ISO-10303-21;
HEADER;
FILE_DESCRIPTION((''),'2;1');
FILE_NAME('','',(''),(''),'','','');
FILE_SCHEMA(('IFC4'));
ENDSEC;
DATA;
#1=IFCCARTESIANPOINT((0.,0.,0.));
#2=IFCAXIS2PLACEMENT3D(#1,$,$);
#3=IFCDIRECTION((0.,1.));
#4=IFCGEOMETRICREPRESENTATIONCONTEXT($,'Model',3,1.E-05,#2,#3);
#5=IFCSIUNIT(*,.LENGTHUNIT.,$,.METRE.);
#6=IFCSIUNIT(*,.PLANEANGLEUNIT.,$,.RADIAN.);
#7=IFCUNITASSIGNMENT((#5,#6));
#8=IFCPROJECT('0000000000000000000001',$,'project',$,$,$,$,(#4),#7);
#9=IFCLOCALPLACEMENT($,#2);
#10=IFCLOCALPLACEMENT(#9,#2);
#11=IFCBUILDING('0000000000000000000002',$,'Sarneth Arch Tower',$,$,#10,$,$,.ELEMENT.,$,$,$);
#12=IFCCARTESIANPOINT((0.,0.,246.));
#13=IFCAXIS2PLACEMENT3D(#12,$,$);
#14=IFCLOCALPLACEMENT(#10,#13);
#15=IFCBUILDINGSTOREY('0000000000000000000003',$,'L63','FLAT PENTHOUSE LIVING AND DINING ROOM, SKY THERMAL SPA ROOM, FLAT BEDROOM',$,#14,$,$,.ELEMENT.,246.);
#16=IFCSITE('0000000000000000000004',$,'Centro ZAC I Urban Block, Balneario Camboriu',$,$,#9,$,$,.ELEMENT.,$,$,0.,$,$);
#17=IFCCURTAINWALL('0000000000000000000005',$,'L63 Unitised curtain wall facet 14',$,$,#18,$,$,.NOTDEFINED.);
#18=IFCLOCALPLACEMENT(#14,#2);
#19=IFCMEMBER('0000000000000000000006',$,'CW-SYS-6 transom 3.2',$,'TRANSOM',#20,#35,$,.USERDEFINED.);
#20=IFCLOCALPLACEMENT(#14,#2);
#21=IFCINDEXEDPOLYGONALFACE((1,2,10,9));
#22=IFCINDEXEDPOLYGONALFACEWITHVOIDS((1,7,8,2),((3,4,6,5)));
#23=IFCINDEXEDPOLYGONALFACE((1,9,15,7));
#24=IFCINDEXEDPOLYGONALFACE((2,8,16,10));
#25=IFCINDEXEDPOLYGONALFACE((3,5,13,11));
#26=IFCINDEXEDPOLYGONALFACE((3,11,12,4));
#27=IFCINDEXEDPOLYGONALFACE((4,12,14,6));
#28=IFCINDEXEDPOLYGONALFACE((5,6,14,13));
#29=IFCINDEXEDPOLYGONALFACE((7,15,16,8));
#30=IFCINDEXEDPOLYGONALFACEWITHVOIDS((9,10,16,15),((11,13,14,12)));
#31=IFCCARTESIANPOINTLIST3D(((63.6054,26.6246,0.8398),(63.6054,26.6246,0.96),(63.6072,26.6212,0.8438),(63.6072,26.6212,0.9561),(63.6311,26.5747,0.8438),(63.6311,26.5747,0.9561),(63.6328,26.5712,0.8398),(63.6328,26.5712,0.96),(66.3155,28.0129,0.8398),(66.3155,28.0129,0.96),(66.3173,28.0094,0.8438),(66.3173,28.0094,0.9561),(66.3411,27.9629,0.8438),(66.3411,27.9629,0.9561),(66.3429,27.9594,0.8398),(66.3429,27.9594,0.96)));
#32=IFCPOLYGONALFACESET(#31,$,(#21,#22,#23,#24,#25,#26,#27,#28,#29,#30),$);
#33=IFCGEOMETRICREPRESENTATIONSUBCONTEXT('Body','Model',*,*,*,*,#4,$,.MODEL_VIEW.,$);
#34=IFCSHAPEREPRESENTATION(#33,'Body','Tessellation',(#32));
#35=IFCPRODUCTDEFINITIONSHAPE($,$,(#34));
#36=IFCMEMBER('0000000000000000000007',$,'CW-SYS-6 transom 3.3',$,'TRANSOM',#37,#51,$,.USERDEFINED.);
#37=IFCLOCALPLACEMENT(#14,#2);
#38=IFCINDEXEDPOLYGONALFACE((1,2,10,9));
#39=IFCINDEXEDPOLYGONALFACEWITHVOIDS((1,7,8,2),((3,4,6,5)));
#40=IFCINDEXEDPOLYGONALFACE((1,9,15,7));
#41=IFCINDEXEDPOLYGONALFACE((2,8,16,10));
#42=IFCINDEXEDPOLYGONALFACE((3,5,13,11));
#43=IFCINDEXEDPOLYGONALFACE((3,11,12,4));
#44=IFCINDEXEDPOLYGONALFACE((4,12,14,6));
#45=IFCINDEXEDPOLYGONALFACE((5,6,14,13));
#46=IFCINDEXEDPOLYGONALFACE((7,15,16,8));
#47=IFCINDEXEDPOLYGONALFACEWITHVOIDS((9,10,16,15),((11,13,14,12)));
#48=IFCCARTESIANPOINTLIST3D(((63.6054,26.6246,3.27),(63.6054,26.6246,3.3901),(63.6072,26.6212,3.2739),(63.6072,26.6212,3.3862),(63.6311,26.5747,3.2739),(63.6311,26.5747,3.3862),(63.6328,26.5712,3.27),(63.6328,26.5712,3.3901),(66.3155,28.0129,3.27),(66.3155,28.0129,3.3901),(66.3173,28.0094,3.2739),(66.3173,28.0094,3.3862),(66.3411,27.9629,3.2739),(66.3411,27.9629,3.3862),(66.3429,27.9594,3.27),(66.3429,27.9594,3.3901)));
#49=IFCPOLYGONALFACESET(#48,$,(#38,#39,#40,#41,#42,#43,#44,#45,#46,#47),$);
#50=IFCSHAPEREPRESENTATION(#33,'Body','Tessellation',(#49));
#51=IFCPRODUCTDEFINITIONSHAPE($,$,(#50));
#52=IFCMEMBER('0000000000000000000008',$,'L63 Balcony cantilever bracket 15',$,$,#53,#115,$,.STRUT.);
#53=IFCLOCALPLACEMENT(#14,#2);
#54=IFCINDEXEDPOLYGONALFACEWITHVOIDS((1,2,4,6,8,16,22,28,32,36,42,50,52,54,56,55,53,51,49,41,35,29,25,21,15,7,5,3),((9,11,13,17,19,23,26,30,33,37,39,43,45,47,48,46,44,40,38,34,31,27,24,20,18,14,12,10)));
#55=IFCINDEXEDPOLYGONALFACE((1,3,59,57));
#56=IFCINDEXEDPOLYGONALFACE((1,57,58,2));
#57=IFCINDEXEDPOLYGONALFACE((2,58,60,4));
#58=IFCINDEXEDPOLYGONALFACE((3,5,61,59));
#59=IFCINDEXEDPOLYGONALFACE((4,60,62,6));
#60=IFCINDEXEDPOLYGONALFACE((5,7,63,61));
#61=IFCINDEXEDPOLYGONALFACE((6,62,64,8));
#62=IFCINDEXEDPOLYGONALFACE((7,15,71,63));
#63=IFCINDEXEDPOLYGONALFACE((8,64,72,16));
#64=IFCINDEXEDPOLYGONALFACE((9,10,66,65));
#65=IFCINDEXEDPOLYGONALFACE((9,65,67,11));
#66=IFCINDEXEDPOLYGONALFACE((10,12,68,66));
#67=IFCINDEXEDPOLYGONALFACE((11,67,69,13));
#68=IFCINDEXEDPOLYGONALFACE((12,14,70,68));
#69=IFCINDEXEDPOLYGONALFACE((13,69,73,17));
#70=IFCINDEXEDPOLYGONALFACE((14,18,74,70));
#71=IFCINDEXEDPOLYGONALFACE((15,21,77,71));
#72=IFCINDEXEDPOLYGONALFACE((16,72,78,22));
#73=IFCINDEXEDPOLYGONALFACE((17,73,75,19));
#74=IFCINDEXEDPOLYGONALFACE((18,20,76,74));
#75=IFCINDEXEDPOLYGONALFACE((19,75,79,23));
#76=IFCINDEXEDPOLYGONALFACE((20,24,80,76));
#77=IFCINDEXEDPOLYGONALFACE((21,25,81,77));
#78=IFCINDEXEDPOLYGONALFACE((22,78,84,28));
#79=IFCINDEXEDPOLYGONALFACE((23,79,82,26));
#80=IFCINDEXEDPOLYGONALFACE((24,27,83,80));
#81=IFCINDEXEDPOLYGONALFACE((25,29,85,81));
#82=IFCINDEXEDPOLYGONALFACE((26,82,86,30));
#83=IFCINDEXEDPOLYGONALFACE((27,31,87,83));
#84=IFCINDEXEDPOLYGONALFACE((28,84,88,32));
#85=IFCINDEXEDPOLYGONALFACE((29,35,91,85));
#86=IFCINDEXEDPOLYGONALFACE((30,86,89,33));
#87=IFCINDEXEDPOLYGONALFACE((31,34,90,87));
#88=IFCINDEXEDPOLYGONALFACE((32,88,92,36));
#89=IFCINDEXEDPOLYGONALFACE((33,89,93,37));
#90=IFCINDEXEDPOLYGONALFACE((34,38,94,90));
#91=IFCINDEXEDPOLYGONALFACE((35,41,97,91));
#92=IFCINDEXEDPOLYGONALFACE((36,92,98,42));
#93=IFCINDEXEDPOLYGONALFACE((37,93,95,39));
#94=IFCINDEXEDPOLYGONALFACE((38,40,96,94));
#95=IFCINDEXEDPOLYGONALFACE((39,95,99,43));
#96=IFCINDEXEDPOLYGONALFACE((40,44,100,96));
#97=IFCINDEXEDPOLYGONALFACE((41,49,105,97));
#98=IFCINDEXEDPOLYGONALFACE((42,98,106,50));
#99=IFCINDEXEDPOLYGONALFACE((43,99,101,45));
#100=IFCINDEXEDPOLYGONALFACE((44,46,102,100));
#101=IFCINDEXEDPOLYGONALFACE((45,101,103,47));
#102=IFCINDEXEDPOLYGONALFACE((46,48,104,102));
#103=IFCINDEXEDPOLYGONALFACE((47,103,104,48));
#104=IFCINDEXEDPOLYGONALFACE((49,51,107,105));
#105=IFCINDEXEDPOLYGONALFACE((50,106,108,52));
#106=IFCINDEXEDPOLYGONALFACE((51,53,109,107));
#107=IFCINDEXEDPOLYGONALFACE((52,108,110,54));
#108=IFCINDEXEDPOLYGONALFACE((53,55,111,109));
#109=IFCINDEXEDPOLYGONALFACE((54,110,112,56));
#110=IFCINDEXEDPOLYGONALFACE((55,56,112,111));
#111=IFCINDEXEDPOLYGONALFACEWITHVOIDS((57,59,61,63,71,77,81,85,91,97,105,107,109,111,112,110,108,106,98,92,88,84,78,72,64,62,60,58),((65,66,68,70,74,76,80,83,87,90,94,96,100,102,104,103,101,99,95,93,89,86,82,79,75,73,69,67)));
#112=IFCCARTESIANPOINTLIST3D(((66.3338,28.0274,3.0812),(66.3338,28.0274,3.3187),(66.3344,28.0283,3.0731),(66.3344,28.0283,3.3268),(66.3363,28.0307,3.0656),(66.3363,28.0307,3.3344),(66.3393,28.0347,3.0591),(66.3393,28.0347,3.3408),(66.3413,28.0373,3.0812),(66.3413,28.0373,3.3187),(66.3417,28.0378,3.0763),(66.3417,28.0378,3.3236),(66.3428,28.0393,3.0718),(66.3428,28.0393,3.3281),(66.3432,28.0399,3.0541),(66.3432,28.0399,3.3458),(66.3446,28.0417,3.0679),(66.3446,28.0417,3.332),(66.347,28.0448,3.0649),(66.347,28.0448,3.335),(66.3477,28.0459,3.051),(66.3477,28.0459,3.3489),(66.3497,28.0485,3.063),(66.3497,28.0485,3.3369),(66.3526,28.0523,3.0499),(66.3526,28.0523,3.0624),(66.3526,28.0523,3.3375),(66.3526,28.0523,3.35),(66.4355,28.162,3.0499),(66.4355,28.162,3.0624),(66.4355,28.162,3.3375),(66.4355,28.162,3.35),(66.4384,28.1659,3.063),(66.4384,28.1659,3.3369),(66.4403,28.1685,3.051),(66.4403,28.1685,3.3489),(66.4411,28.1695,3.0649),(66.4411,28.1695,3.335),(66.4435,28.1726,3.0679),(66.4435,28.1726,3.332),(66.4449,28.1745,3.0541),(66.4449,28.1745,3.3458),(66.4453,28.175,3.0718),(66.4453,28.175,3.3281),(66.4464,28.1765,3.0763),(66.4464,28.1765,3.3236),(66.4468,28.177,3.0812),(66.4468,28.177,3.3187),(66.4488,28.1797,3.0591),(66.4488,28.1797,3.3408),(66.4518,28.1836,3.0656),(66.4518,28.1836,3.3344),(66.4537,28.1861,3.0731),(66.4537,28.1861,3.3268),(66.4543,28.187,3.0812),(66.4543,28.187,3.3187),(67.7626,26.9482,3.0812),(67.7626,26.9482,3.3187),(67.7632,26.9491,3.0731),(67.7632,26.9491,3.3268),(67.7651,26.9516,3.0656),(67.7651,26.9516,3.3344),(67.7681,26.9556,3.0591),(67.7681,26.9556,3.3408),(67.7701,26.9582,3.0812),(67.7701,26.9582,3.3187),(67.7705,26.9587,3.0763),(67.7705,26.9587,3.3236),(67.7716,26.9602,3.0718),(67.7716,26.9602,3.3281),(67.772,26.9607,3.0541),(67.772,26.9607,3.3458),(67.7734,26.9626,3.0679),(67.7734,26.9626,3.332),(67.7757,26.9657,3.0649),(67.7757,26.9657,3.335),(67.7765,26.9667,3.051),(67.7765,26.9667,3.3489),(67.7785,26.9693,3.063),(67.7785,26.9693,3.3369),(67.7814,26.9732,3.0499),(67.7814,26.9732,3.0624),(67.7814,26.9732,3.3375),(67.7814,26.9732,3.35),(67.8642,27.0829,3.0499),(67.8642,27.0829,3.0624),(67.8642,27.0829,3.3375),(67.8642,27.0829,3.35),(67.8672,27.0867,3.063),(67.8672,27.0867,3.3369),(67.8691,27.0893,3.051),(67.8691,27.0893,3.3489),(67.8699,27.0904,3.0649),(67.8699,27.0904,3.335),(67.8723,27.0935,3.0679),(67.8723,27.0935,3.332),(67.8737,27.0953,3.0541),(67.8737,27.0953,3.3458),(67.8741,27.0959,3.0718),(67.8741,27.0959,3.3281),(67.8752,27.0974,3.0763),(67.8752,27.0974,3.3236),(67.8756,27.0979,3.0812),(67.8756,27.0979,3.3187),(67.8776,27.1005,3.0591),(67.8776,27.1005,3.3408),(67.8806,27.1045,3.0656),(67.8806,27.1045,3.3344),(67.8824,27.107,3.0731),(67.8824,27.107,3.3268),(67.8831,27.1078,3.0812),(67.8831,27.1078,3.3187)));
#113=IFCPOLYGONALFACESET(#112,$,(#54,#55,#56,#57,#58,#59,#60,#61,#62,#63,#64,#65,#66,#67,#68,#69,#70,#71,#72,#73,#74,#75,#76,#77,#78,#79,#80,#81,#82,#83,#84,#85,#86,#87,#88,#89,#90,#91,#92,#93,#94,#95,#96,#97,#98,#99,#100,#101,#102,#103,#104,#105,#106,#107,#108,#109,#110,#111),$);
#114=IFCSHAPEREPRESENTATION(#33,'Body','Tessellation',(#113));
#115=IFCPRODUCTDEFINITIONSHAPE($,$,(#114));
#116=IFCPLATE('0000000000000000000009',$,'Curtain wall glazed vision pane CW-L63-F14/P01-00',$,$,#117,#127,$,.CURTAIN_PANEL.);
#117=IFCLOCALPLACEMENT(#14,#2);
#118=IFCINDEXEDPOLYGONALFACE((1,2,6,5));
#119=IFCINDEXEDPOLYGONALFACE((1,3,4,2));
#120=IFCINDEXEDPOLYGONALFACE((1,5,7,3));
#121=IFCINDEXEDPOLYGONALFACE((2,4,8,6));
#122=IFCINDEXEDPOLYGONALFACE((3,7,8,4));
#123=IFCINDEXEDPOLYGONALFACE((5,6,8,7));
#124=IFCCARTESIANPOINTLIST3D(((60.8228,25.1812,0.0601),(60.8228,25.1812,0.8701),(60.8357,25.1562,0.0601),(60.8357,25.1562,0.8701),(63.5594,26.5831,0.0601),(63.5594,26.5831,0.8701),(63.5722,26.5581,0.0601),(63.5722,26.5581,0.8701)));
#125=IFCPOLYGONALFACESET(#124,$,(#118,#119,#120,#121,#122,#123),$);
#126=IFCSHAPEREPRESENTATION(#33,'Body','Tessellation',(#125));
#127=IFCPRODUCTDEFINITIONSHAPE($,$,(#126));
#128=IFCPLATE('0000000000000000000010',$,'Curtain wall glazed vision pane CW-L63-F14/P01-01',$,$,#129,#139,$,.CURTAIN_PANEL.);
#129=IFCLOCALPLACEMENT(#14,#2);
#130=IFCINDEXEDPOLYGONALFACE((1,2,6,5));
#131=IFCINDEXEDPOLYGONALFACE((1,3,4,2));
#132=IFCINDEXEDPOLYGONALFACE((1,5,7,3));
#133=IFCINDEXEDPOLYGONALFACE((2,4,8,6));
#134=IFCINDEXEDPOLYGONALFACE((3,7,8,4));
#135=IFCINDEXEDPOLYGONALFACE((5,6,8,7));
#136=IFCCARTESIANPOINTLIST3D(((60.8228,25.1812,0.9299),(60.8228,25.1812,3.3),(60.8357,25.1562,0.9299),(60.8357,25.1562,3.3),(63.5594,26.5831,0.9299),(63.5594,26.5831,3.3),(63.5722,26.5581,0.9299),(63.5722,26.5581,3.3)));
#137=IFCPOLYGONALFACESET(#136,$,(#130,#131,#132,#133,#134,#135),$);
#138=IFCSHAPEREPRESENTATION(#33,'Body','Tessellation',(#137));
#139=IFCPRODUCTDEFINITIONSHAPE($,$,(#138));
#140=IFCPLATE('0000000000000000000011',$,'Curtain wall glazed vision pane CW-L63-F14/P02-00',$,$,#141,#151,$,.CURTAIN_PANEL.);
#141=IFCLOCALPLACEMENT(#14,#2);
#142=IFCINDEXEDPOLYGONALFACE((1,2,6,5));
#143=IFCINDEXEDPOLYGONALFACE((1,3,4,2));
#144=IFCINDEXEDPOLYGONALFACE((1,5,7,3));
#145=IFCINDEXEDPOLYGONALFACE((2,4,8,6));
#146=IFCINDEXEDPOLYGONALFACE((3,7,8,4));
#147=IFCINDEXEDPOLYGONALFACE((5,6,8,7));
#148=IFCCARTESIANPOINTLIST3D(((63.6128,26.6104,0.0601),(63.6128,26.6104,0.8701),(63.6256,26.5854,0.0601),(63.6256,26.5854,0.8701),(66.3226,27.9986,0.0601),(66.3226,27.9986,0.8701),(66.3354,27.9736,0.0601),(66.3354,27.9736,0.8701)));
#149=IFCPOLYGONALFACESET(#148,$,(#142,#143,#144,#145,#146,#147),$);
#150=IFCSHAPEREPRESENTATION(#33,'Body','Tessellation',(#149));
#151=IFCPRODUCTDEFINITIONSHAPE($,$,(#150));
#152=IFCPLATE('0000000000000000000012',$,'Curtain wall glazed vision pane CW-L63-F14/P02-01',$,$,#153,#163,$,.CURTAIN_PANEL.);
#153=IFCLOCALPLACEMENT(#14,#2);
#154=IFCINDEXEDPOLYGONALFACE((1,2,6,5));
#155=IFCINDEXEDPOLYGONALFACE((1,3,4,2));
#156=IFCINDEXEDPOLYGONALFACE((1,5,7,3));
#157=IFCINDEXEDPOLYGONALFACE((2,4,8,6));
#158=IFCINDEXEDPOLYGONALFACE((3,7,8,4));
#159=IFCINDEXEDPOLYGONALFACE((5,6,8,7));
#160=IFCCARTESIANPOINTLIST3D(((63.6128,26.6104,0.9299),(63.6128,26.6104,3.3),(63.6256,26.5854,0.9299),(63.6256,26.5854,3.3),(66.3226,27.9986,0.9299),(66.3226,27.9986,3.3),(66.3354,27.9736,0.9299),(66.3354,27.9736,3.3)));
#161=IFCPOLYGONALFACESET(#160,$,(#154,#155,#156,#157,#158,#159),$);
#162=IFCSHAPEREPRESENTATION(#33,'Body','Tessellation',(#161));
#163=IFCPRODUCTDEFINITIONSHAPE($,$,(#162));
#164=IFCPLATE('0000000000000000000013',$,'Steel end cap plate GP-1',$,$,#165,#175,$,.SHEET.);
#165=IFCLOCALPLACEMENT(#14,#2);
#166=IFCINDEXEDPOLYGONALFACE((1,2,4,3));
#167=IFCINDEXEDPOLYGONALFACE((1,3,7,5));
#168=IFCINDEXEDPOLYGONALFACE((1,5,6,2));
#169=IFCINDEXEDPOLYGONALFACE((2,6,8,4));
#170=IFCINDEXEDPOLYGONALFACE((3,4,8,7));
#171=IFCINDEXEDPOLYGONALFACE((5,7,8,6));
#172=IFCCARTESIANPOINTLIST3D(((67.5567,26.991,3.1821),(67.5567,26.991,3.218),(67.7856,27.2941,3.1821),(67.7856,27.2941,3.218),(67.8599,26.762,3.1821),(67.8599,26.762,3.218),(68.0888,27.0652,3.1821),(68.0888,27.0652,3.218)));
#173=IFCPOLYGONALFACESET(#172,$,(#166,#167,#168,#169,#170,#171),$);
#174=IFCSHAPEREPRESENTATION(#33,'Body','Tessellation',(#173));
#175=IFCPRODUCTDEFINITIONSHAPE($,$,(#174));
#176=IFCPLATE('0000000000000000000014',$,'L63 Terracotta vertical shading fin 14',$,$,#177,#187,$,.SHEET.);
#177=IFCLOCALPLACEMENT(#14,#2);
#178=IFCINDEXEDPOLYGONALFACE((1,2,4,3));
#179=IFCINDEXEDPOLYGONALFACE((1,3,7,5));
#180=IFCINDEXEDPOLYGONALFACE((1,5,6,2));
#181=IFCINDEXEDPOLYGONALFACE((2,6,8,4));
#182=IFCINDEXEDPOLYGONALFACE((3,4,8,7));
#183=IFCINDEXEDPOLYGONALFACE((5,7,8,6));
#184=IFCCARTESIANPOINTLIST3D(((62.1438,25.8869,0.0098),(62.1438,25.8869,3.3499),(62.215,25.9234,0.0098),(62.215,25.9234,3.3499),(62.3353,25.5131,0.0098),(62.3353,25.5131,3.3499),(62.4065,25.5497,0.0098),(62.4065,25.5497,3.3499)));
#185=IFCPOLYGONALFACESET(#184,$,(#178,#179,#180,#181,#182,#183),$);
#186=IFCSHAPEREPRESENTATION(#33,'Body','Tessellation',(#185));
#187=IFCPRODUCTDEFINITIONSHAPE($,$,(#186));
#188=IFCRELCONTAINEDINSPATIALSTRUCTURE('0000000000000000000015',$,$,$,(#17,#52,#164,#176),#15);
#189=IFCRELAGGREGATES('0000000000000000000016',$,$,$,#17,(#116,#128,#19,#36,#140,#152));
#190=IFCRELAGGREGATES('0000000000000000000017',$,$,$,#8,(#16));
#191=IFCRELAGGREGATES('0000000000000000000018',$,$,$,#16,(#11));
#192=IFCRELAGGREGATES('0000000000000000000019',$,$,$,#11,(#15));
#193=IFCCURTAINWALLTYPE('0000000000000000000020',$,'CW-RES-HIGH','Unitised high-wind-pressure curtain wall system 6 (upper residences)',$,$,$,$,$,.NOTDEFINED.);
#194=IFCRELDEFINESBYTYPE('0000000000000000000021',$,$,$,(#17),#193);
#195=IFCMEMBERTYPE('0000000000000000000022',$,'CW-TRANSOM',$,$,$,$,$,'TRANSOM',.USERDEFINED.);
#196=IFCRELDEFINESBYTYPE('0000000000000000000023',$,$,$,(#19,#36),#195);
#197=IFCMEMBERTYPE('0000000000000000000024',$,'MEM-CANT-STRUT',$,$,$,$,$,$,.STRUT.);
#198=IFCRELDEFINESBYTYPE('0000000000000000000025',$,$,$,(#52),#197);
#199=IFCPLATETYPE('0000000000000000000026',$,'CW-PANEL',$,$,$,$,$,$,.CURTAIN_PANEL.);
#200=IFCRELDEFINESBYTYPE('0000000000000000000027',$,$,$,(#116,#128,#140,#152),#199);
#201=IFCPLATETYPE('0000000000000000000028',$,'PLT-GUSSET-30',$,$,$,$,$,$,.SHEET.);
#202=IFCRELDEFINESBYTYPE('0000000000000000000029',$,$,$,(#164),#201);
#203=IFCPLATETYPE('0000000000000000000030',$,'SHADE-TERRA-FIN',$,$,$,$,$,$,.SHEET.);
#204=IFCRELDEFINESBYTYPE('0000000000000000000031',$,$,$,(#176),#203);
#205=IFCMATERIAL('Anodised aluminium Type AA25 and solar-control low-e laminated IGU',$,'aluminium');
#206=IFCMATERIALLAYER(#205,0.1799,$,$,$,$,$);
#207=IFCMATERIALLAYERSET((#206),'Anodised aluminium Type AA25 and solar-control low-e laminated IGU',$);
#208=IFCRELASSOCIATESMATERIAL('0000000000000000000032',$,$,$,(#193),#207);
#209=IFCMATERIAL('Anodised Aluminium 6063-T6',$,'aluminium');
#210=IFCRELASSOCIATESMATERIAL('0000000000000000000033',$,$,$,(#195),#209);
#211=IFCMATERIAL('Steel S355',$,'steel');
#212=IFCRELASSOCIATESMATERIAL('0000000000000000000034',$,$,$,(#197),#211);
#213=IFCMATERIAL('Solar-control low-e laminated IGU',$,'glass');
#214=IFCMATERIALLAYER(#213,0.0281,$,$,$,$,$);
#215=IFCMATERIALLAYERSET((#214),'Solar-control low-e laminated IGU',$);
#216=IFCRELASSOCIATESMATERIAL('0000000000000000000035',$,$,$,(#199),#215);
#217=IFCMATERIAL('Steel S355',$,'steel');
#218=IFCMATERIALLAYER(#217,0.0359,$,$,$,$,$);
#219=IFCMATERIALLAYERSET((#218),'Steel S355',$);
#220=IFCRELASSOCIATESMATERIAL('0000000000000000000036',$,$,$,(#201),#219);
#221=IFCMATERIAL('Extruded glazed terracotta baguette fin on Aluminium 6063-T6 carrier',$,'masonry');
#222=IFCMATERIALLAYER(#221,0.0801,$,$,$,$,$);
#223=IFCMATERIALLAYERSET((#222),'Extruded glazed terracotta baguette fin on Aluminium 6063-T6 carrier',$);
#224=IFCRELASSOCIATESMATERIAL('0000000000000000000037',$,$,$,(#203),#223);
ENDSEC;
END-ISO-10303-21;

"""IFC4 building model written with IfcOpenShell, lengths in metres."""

from ifc_helpers import new_model, si_unit, direction, frame, origin, origin_2d, place, context, subcontext, project, spatial, rectangle, hollow_rectangle, extrude, material, layer, layer_set, material_profile, profile_set, type_object, element, aggregate, save


model = new_model("IFC4")

# Units and contexts
model_context = context("Model", 3, precision=1e-05, world=origin(), true_north=direction((0.0, 1.0)))
body_context = subcontext(model_context, "Body", "Model", "MODEL_VIEW")
ifc_project = project(units=[si_unit("LENGTHUNIT", "METRE"), si_unit("PLANEANGLEUNIT", "RADIAN")], contexts=[model_context])

# Site, building, storey
site_placement = place(None, origin())
site = spatial("IfcSite", under=ifc_project, at=site_placement, Name="Centro ZAC I Urban Block, Balneario Camboriu", CompositionType="ELEMENT", RefElevation=0.0)
building_placement = place(site_placement, origin())
building = spatial("IfcBuilding", under=site, at=building_placement, Name="Sarneth Arch Tower", CompositionType="ELEMENT")
storey_placement = place(building_placement, frame((0.0, 0.0, 246.0)))
storey = spatial("IfcBuildingStorey", under=building, at=storey_placement, Name="L63", Description="FLAT PENTHOUSE LIVING AND DINING ROOM, SKY THERMAL SPA ROOM, FLAT BEDROOM", CompositionType="ELEMENT", Elevation=246.0)

# Curtain wall, members
ifc_material_1 = material(Name="Anodised aluminium Type AA25 and solar-control low-e laminated IGU", Category="aluminium")
ifc_layer_1 = layer(ifc_material_1, 0.1799)
ifc_layer_set_1 = layer_set([ifc_layer_1], Name="Anodised aluminium Type AA25 and solar-control low-e laminated IGU")
curtain_wall_type = type_object("IfcCurtainWallType", Name="CW-RES-HIGH", Description="Unitised high-wind-pressure curtain wall system 6 (upper residences)", PredefinedType="NOTDEFINED", material=ifc_layer_set_1)
curtain_wall_placement = place(storey_placement, origin())
curtain_wall = element("IfcCurtainWall", 1, at=curtain_wall_placement, inside=storey, type_object=curtain_wall_type, Name="L63 Unitised curtain wall facet 14", PredefinedType="NOTDEFINED")
ifc_material_2 = material(Name="Anodised Aluminium 6063-T6", Category="aluminium")
ifc_material_profile_1 = material_profile(ifc_material_2, hollow_rectangle(XDim=0.0601, YDim=0.1201, WallThickness=0.0039, at=origin_2d()), Name="AL-TRAN-120x60x4")
ifc_profile_set_1 = profile_set([ifc_material_profile_1], Name="Anodised Aluminium 6063-T6")
member_type_1 = type_object("IfcMemberType", Name="CW-TRANSOM", ElementType="TRANSOM", PredefinedType="USERDEFINED", material=ifc_profile_set_1)
member_1_placement = place(storey_placement, frame((63.6191, 26.5979, 0.8999), z_axis=(0.890023, 0.455916, 0.0), x_axis=(-0.455916, 0.890023, 0.0)))
member_1 = element("IfcMember", 2, at=member_1_placement, type_object=member_type_1, Name="CW-SYS-6 transom 3.2", ObjectType="TRANSOM", PredefinedType="USERDEFINED", context=body_context, shape_type="SweptSolid", body=[
    extrude(hollow_rectangle(XDim=0.0601, YDim=0.1201, WallThickness=0.0039, at=origin_2d()), origin(), (0.0, 0.0, 1.0), 3.0449),
])
member_2_placement = place(storey_placement, frame((63.6191, 26.5979, 3.3301), z_axis=(0.890023, 0.455916, 0.0), x_axis=(-0.455916, 0.890023, 0.0)))
member_2 = element("IfcMember", 3, at=member_2_placement, type_object=member_type_1, Name="CW-SYS-6 transom 3.3", ObjectType="TRANSOM", PredefinedType="USERDEFINED", context=body_context, shape_type="SweptSolid", body=[
    extrude(hollow_rectangle(XDim=0.0601, YDim=0.1201, WallThickness=0.0039, at=origin_2d()), origin(), (0.0, 0.0, 1.0), 3.0449),
])

# Member
ifc_material_3 = material(Name="Steel S355", Category="steel")
ifc_material_profile_2 = material_profile(ifc_material_3, hollow_rectangle(XDim=0.2, YDim=0.3, WallThickness=0.0125, InnerFilletRadius=0.0188, OuterFilletRadius=0.0312, at=origin_2d()), Name="RHS300x200x12.5")
ifc_profile_set_2 = profile_set([ifc_material_profile_2], Name="Steel S355")
member_type_2 = type_object("IfcMemberType", Name="MEM-CANT-STRUT", PredefinedType="STRUT", material=ifc_profile_set_2)
member_3_placement = place(storey_placement, frame((66.394, 28.1072, 3.2), z_axis=(0.797966, -0.602702, 0.0), x_axis=(0.602702, 0.797966, 0.0)))
element("IfcMember", 4, at=member_3_placement, inside=storey, type_object=member_type_2, Name="L63 Balcony cantilever bracket 15", PredefinedType="STRUT", context=body_context, shape_type="SweptSolid", body=[
    extrude(hollow_rectangle(XDim=0.2, YDim=0.3, WallThickness=0.0125, InnerFilletRadius=0.0188, OuterFilletRadius=0.0312, at=origin_2d()), origin(), (0.0, 0.0, 1.0), 1.7905),
])

# Plates
ifc_material_4 = material(Name="Solar-control low-e laminated IGU", Category="glass")
ifc_layer_2 = layer(ifc_material_4, 0.0281)
ifc_layer_set_2 = layer_set([ifc_layer_2], Name="Solar-control low-e laminated IGU")
plate_type_1 = type_object("IfcPlateType", Name="CW-PANEL", PredefinedType="CURTAIN_PANEL", material=ifc_layer_set_2)
plate_1_placement = place(storey_placement, frame((62.1975, 25.8696, 0.0601), z_axis=(0.0, 0.0, 1.0), x_axis=(0.89001, 0.455942, 0.0)))
plate_1 = element("IfcPlate", 5, at=plate_1_placement, type_object=plate_type_1, Name="Curtain wall glazed vision pane CW-L63-F14/P01-00", PredefinedType="CURTAIN_PANEL", context=body_context, shape_type="SweptSolid", body=[
    extrude(rectangle(XDim=3.0747, YDim=0.0281, at=origin_2d()), origin(), (0.0, 0.0, 1.0), 0.8101),
])
plate_2_placement = place(storey_placement, frame((62.1975, 25.8696, 0.9299), z_axis=(0.0, 0.0, 1.0), x_axis=(0.89001, 0.455942, 0.0)))
plate_2 = element("IfcPlate", 6, at=plate_2_placement, type_object=plate_type_1, Name="Curtain wall glazed vision pane CW-L63-F14/P01-01", PredefinedType="CURTAIN_PANEL", context=body_context, shape_type="SweptSolid", body=[
    extrude(rectangle(XDim=3.0747, YDim=0.0281, at=origin_2d()), origin(), (0.0, 0.0, 1.0), 2.3701),
])
plate_3_placement = place(storey_placement, frame((64.9741, 27.292, 0.0601), z_axis=(0.0, 0.0, 1.0), x_axis=(0.89001, 0.455942, 0.0)))
plate_3 = element("IfcPlate", 7, at=plate_3_placement, type_object=plate_type_1, Name="Curtain wall glazed vision pane CW-L63-F14/P02-00", PredefinedType="CURTAIN_PANEL", context=body_context, shape_type="SweptSolid", body=[
    extrude(rectangle(XDim=3.0447, YDim=0.0281, at=origin_2d()), origin(), (0.0, 0.0, 1.0), 0.8101),
])
plate_4_placement = place(storey_placement, frame((64.9741, 27.292, 0.9299), z_axis=(0.0, 0.0, 1.0), x_axis=(0.89001, 0.455942, 0.0)))
plate_4 = element("IfcPlate", 8, at=plate_4_placement, type_object=plate_type_1, Name="Curtain wall glazed vision pane CW-L63-F14/P02-01", PredefinedType="CURTAIN_PANEL", context=body_context, shape_type="SweptSolid", body=[
    extrude(rectangle(XDim=3.0447, YDim=0.0281, at=origin_2d()), origin(), (0.0, 0.0, 1.0), 2.3701),
])
aggregate(curtain_wall, [plate_1, plate_2, member_1, member_2, plate_3, plate_4])

# Plates
ifc_material_5 = material(Name="Steel S355", Category="steel")
ifc_layer_3 = layer(ifc_material_5, 0.0359)
ifc_layer_set_3 = layer_set([ifc_layer_3], Name="Steel S355")
plate_type_2 = type_object("IfcPlateType", Name="PLT-GUSSET-30", PredefinedType="SHEET", material=ifc_layer_set_3)
plate_5_placement = place(storey_placement, frame((67.8228, 27.0281, 3.1821), z_axis=(0.0, 0.0, 1.0), x_axis=(0.798005, -0.602651, 0.0)))
element("IfcPlate", 9, at=plate_5_placement, inside=storey, type_object=plate_type_2, Name="Steel end cap plate GP-1", PredefinedType="SHEET", context=body_context, shape_type="SweptSolid", body=[
    extrude(rectangle(XDim=0.3799, YDim=0.3799, at=origin_2d()), origin(), (0.0, 0.0, 1.0), 0.0359),
])
ifc_material_6 = material(Name="Extruded glazed terracotta baguette fin on Aluminium 6063-T6 carrier", Category="masonry")
ifc_layer_4 = layer(ifc_material_6, 0.0801)
ifc_layer_set_4 = layer_set([ifc_layer_4], Name="Extruded glazed terracotta baguette fin on Aluminium 6063-T6 carrier")
plate_type_3 = type_object("IfcPlateType", Name="SHADE-TERRA-FIN", PredefinedType="SHEET", material=ifc_layer_set_4)
plate_6_placement = place(storey_placement, frame((62.2751, 25.7183, 0.0098), z_axis=(0.0, 0.0, 1.0), x_axis=(0.456011, -0.889974, 0.0)))
element("IfcPlate", 10, at=plate_6_placement, inside=storey, type_object=plate_type_3, Name="L63 Terracotta vertical shading fin 14", PredefinedType="SHEET", context=body_context, shape_type="SweptSolid", body=[
    extrude(rectangle(XDim=0.4199, YDim=0.0801, at=origin_2d()), origin(), (0.0, 0.0, 1.0), 3.3401),
])

save(model, "model.ifc")
